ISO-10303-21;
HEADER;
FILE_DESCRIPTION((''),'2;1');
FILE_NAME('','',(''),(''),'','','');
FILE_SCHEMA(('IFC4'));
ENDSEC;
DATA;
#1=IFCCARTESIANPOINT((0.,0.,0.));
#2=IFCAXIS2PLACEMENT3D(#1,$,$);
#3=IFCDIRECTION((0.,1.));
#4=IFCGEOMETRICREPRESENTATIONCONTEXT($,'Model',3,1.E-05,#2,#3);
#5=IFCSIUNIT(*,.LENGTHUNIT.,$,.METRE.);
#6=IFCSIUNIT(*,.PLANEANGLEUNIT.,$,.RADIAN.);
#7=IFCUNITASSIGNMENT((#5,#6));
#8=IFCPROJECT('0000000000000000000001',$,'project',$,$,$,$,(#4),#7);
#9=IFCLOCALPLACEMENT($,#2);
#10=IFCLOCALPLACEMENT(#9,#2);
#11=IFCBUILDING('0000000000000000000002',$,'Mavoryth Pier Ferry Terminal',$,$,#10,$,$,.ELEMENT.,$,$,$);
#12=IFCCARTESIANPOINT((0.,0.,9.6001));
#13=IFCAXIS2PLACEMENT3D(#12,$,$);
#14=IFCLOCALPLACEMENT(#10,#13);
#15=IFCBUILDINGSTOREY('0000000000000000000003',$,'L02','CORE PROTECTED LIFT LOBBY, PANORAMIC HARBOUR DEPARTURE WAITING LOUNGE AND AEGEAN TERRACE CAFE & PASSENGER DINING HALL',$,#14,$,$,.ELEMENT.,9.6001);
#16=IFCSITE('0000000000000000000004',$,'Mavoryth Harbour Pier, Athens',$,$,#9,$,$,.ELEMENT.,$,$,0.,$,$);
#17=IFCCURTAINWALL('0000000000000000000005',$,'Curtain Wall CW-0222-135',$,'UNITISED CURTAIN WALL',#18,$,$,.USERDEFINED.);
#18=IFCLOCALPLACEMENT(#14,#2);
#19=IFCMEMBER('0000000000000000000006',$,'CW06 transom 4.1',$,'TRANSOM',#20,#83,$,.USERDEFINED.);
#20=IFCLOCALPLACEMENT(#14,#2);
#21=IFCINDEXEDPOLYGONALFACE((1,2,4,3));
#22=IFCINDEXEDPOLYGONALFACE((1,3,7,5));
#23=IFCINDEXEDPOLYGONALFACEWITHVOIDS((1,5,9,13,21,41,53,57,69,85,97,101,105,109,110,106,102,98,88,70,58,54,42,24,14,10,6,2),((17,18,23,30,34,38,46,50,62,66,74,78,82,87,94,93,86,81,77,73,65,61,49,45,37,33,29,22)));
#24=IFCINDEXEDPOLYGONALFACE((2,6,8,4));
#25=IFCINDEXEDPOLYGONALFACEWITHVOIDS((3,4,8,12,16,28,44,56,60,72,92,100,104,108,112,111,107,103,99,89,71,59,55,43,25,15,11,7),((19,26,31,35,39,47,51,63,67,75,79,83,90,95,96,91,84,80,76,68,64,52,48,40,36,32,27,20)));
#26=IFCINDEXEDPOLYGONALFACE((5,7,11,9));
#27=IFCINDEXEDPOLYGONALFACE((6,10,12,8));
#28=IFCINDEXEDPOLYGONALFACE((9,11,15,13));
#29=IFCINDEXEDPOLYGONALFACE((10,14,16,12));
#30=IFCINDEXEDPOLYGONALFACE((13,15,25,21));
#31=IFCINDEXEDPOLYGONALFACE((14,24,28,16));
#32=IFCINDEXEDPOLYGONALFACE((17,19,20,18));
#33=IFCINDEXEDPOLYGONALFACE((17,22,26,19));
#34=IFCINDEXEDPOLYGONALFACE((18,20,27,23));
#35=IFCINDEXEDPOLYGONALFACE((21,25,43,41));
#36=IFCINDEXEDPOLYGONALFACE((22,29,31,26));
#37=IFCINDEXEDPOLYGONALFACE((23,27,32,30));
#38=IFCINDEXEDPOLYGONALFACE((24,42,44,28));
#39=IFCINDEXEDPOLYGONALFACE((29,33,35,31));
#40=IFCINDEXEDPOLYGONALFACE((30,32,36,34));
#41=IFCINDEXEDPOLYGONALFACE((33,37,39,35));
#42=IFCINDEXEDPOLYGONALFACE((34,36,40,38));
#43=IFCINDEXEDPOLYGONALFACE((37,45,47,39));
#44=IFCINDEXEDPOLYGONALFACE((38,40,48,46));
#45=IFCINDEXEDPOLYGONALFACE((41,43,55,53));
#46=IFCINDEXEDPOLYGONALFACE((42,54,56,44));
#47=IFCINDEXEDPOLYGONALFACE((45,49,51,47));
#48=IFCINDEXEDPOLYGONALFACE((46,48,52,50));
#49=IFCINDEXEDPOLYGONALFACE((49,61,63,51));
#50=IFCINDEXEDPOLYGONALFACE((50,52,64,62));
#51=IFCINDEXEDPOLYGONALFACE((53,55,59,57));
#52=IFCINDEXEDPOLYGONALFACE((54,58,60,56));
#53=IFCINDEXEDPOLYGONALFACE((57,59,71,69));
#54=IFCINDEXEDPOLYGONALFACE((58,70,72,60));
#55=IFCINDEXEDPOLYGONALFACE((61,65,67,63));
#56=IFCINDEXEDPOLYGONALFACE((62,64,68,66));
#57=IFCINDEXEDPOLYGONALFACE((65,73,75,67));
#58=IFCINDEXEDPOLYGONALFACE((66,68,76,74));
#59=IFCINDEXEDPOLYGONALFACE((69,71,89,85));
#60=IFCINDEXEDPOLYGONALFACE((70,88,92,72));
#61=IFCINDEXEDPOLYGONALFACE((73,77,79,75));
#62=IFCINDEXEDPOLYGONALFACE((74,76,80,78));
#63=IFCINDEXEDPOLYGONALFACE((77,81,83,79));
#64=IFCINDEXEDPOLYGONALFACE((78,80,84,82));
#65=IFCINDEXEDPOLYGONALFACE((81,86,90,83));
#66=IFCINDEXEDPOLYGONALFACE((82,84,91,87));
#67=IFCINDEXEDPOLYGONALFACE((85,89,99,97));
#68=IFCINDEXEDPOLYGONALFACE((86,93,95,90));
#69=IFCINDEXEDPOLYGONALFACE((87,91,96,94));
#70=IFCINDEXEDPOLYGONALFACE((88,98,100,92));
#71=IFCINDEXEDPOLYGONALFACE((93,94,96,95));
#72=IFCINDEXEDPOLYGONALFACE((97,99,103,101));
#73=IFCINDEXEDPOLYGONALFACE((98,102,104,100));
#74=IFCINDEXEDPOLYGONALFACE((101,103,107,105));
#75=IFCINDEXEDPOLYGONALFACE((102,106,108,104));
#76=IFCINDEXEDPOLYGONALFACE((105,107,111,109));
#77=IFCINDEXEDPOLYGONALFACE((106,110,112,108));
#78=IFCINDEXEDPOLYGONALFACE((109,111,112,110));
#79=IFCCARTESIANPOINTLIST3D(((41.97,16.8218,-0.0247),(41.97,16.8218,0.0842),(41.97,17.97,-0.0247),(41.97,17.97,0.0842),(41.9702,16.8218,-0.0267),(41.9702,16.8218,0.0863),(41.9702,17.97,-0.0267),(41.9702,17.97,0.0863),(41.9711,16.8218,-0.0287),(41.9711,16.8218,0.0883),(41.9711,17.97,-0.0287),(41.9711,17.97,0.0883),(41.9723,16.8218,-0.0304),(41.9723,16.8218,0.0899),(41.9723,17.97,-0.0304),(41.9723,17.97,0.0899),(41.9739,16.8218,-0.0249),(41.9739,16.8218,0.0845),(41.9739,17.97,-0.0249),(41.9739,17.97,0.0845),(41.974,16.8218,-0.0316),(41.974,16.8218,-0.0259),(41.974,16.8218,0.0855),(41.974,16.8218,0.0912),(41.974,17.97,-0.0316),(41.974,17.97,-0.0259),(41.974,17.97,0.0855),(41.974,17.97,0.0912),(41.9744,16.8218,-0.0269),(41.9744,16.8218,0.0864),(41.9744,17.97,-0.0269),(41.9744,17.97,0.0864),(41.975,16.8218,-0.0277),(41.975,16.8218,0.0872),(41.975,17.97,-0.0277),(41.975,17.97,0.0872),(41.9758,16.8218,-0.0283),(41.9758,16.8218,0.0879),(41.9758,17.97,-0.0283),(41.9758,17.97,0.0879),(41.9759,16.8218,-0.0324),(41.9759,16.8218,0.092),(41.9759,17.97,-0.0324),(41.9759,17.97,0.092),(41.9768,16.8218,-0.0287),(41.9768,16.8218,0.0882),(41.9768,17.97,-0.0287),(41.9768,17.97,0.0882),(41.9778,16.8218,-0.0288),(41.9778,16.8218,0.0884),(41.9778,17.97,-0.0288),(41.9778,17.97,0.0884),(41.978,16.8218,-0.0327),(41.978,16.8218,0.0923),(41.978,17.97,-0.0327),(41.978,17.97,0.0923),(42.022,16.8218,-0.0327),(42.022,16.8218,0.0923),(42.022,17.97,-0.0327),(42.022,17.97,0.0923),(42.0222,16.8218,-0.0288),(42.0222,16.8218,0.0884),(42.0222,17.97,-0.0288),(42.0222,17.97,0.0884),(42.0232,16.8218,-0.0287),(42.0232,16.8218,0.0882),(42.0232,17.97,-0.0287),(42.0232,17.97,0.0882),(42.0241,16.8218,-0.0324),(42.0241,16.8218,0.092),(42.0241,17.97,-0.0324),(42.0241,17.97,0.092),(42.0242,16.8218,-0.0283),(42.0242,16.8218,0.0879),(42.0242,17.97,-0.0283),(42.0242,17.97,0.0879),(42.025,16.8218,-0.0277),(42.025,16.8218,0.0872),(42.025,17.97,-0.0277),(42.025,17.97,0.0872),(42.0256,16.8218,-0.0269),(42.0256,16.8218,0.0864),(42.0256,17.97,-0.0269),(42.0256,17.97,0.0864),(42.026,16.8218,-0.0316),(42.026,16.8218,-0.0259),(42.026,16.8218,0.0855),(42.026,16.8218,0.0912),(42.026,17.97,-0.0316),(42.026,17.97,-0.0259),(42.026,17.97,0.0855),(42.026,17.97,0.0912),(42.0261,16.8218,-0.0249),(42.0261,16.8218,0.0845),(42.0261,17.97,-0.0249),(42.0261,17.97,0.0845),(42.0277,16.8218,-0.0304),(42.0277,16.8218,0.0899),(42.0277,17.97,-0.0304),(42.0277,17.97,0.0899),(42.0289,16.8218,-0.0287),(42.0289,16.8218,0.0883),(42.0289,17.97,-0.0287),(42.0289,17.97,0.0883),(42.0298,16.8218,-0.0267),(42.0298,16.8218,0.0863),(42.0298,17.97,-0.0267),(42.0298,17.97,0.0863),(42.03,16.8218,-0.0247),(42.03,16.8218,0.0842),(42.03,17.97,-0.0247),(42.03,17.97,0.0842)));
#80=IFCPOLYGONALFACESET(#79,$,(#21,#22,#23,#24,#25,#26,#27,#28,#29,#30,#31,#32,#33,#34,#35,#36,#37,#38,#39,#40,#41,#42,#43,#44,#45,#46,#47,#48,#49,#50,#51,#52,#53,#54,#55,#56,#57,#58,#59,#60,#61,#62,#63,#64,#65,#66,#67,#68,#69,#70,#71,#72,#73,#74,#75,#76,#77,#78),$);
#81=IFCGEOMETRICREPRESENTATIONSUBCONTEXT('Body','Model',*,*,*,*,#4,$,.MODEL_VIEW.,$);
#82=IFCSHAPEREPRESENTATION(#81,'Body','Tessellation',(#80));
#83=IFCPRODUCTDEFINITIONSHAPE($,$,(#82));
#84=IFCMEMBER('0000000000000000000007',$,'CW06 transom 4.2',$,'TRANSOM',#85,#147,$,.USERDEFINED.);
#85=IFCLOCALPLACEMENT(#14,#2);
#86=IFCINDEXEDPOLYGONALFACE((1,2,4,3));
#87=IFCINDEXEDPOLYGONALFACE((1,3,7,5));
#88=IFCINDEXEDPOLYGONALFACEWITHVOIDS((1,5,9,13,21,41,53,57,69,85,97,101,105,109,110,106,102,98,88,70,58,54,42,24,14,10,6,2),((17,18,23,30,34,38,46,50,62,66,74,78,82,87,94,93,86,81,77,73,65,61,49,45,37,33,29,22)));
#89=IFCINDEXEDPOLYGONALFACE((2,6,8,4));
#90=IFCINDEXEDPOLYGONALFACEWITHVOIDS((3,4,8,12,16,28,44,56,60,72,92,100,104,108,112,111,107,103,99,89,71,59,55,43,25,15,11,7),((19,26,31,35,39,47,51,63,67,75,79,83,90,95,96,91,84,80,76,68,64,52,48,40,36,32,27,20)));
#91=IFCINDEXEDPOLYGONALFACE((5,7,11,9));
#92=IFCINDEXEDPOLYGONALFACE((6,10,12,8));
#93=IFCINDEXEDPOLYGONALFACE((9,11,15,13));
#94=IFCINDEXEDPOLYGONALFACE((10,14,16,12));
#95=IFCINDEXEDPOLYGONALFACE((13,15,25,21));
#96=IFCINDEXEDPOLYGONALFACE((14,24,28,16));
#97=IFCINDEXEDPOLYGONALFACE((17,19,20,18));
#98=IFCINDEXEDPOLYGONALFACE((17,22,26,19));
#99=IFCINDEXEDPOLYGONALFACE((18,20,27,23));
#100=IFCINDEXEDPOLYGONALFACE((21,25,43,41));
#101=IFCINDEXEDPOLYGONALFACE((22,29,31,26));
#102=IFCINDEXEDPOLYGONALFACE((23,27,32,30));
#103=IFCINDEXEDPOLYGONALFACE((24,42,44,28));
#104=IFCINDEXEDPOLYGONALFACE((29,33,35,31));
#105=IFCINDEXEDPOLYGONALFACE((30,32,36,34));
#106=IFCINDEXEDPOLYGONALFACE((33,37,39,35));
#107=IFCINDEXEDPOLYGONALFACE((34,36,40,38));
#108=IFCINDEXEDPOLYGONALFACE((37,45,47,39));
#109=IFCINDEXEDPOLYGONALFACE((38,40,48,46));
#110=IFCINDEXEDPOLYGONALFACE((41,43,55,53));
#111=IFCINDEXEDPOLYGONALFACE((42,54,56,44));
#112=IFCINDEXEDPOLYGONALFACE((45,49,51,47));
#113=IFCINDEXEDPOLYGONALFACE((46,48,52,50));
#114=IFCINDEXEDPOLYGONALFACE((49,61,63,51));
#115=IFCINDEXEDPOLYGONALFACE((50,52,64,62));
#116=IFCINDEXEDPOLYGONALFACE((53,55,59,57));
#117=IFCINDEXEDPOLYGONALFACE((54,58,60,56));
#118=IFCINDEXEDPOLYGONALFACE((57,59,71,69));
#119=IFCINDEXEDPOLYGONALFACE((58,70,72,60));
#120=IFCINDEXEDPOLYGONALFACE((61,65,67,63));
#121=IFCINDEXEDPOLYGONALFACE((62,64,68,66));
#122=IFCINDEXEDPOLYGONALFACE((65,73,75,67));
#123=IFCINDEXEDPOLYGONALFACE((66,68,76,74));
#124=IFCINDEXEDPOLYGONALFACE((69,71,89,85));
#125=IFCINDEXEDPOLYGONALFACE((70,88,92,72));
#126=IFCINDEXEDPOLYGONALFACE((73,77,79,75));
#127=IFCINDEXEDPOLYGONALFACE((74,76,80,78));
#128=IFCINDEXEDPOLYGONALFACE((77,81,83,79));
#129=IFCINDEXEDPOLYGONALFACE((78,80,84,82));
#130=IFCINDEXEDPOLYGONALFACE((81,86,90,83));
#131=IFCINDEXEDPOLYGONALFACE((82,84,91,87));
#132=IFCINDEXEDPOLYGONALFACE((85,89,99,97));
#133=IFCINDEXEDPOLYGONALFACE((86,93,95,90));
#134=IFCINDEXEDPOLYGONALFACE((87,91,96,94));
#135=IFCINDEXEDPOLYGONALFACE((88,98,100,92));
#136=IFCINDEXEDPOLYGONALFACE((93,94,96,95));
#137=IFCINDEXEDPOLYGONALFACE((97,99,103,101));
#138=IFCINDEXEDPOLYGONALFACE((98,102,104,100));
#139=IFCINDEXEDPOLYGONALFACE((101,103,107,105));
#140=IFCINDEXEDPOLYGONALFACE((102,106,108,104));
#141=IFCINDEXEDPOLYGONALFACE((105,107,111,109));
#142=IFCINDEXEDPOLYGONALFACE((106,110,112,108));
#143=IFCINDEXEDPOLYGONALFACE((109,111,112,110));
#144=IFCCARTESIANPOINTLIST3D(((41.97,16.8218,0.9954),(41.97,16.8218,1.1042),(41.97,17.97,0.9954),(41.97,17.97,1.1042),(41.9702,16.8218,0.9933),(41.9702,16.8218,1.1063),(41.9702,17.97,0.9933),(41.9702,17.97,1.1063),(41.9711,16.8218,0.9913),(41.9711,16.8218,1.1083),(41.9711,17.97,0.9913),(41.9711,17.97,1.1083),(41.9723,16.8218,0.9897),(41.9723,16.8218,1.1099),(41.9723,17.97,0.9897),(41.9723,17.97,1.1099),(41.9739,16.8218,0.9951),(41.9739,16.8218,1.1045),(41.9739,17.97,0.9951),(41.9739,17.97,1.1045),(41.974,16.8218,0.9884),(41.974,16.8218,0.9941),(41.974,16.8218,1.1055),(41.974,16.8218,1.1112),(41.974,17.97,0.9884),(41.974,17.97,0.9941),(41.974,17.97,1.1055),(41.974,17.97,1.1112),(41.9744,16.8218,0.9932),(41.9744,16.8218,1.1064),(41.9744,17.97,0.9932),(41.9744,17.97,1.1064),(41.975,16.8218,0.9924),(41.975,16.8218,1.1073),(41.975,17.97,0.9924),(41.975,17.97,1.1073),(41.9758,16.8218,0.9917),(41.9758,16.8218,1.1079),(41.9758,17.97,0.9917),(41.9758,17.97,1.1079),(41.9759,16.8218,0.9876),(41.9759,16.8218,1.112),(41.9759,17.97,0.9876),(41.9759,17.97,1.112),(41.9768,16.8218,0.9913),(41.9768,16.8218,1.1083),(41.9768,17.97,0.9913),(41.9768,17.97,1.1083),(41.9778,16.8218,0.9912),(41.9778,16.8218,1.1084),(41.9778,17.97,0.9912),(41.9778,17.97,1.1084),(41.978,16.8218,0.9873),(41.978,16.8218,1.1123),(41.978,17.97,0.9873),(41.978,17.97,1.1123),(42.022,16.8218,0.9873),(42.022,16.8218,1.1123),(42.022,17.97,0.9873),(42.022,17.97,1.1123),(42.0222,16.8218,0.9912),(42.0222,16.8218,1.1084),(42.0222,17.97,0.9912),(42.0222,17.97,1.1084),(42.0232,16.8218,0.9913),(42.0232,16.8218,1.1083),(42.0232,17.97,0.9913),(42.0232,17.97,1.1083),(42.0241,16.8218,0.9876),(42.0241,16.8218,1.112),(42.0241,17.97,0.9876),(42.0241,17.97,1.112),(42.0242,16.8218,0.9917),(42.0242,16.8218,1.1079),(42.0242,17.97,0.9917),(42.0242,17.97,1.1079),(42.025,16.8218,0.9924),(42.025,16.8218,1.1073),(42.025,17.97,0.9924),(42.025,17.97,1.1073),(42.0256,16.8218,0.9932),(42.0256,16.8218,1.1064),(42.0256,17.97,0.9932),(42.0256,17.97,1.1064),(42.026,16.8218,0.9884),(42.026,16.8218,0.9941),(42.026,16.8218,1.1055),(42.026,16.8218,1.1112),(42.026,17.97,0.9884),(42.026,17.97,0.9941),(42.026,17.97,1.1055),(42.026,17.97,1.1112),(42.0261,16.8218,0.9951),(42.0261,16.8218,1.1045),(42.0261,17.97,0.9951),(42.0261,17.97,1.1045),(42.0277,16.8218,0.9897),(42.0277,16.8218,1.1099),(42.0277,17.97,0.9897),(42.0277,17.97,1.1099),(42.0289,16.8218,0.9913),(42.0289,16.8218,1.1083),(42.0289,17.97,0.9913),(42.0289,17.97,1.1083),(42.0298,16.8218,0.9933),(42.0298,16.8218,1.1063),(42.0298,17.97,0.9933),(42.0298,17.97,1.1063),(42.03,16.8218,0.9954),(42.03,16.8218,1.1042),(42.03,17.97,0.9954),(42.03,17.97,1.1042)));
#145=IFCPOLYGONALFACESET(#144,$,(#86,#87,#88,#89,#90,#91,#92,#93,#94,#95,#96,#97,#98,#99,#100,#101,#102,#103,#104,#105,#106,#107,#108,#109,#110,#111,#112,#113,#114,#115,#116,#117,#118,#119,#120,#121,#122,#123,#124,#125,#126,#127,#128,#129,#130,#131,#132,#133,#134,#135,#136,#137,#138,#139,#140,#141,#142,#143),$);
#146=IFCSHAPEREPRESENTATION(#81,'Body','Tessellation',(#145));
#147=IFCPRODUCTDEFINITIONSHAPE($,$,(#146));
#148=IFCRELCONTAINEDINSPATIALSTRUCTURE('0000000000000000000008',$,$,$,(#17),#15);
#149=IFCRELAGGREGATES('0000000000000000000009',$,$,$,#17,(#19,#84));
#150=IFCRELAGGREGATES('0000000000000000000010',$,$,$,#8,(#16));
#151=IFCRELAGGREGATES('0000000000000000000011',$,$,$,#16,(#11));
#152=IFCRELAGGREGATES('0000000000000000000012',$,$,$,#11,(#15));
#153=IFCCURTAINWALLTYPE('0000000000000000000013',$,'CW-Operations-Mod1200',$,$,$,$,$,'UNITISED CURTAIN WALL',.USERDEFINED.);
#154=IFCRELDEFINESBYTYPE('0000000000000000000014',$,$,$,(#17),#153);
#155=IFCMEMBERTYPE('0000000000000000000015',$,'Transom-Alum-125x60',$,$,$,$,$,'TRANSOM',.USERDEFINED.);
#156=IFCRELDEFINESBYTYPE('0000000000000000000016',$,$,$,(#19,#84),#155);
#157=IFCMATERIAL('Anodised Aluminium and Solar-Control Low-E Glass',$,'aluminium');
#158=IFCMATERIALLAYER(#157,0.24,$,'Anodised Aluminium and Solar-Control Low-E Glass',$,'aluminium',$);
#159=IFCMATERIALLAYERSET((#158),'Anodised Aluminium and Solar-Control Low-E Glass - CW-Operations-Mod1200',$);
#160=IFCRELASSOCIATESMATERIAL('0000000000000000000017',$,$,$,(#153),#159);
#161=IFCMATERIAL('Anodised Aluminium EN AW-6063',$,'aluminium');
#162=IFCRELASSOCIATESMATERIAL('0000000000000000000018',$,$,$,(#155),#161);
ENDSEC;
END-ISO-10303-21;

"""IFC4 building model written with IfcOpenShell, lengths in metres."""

from ifc_helpers import new_model, si_unit, direction, frame, origin, origin_2d, place, context, subcontext, project, spatial, hollow_rectangle, extrude, material, layer, layer_set, material_profile, profile_set, type_object, element, aggregate, save


model = new_model("IFC4")

# Units and contexts
model_context = context("Model", 3, precision=1e-05, world=origin(), true_north=direction((0.0, 1.0)))
body_context = subcontext(model_context, "Body", "Model", "MODEL_VIEW")
ifc_project = project(units=[si_unit("LENGTHUNIT", "METRE"), si_unit("PLANEANGLEUNIT", "RADIAN")], contexts=[model_context])

# Site, building, storey
site_placement = place(None, origin())
site = spatial("IfcSite", under=ifc_project, at=site_placement, Name="Mavoryth Harbour Pier, Athens", CompositionType="ELEMENT", RefElevation=0.0)
building_placement = place(site_placement, origin())
building = spatial("IfcBuilding", under=site, at=building_placement, Name="Mavoryth Pier Ferry Terminal", CompositionType="ELEMENT")
storey_placement = place(building_placement, frame((0.0, 0.0, 9.6001)))
storey = spatial("IfcBuildingStorey", under=building, at=storey_placement, Name="L02", Description="CORE PROTECTED LIFT LOBBY, PANORAMIC HARBOUR DEPARTURE WAITING LOUNGE AND AEGEAN TERRACE CAFE & PASSENGER DINING HALL", CompositionType="ELEMENT", Elevation=9.6001)

# Curtain wall
ifc_material_1 = material(Name="Anodised Aluminium and Solar-Control Low-E Glass", Category="aluminium")
ifc_layer_1 = layer(ifc_material_1, 0.24, Name="Anodised Aluminium and Solar-Control Low-E Glass", Category="aluminium")
ifc_layer_set_1 = layer_set([ifc_layer_1], Name="Anodised Aluminium and Solar-Control Low-E Glass - CW-Operations-Mod1200")
curtain_wall_type = type_object("IfcCurtainWallType", Name="CW-Operations-Mod1200", ElementType="UNITISED CURTAIN WALL", PredefinedType="USERDEFINED", material=ifc_layer_set_1)
curtain_wall_placement = place(storey_placement, origin())
curtain_wall = element("IfcCurtainWall", 1, at=curtain_wall_placement, inside=storey, type_object=curtain_wall_type, Name="Curtain Wall CW-0222-135", ObjectType="UNITISED CURTAIN WALL", PredefinedType="USERDEFINED")
ifc_material_2 = material(Name="Anodised Aluminium EN AW-6063", Category="aluminium")

# Members
ifc_material_profile_1 = material_profile(ifc_material_2, hollow_rectangle(XDim=0.0601, YDim=0.125, WallThickness=0.0039, InnerFilletRadius=0.0039, OuterFilletRadius=0.0081, at=origin_2d()), Name="AL-TRAN 125x60x4", Category="aluminium")
ifc_profile_set_1 = profile_set([ifc_material_profile_1], Name="Anodised Aluminium EN AW-6063 - AL-TRAN 125x60x4")
member_type_1 = type_object("IfcMemberType", Name="Transom-Alum-125x60", ElementType="TRANSOM", PredefinedType="USERDEFINED", material=ifc_profile_set_1)
member_1_placement = place(storey_placement, frame((42.0, 17.97, 0.0298), z_axis=(0.0, -1.0, 0.0), x_axis=(1.0, 0.0, 0.0)))
member_1 = element("IfcMember", 2, at=member_1_placement, type_object=member_type_1, Name="CW06 transom 4.1", ObjectType="TRANSOM", PredefinedType="USERDEFINED", context=body_context, shape_type="SweptSolid", body=[
    extrude(hollow_rectangle(XDim=0.0601, YDim=0.125, WallThickness=0.0039, InnerFilletRadius=0.0039, OuterFilletRadius=0.0081, at=origin_2d()), origin(), (0.0, 0.0, 1.0), 1.1482),
])
member_2_placement = place(storey_placement, frame((42.0, 17.97, 1.0498), z_axis=(0.0, -1.0, 0.0), x_axis=(1.0, 0.0, 0.0)))
member_2 = element("IfcMember", 3, at=member_2_placement, type_object=member_type_1, Name="CW06 transom 4.2", ObjectType="TRANSOM", PredefinedType="USERDEFINED", context=body_context, shape_type="SweptSolid", body=[
    extrude(hollow_rectangle(XDim=0.0601, YDim=0.125, WallThickness=0.0039, InnerFilletRadius=0.0039, OuterFilletRadius=0.0081, at=origin_2d()), origin(), (0.0, 0.0, 1.0), 1.1482),
])

aggregate(curtain_wall, [member_1, member_2])

save(model, "model.ifc")
